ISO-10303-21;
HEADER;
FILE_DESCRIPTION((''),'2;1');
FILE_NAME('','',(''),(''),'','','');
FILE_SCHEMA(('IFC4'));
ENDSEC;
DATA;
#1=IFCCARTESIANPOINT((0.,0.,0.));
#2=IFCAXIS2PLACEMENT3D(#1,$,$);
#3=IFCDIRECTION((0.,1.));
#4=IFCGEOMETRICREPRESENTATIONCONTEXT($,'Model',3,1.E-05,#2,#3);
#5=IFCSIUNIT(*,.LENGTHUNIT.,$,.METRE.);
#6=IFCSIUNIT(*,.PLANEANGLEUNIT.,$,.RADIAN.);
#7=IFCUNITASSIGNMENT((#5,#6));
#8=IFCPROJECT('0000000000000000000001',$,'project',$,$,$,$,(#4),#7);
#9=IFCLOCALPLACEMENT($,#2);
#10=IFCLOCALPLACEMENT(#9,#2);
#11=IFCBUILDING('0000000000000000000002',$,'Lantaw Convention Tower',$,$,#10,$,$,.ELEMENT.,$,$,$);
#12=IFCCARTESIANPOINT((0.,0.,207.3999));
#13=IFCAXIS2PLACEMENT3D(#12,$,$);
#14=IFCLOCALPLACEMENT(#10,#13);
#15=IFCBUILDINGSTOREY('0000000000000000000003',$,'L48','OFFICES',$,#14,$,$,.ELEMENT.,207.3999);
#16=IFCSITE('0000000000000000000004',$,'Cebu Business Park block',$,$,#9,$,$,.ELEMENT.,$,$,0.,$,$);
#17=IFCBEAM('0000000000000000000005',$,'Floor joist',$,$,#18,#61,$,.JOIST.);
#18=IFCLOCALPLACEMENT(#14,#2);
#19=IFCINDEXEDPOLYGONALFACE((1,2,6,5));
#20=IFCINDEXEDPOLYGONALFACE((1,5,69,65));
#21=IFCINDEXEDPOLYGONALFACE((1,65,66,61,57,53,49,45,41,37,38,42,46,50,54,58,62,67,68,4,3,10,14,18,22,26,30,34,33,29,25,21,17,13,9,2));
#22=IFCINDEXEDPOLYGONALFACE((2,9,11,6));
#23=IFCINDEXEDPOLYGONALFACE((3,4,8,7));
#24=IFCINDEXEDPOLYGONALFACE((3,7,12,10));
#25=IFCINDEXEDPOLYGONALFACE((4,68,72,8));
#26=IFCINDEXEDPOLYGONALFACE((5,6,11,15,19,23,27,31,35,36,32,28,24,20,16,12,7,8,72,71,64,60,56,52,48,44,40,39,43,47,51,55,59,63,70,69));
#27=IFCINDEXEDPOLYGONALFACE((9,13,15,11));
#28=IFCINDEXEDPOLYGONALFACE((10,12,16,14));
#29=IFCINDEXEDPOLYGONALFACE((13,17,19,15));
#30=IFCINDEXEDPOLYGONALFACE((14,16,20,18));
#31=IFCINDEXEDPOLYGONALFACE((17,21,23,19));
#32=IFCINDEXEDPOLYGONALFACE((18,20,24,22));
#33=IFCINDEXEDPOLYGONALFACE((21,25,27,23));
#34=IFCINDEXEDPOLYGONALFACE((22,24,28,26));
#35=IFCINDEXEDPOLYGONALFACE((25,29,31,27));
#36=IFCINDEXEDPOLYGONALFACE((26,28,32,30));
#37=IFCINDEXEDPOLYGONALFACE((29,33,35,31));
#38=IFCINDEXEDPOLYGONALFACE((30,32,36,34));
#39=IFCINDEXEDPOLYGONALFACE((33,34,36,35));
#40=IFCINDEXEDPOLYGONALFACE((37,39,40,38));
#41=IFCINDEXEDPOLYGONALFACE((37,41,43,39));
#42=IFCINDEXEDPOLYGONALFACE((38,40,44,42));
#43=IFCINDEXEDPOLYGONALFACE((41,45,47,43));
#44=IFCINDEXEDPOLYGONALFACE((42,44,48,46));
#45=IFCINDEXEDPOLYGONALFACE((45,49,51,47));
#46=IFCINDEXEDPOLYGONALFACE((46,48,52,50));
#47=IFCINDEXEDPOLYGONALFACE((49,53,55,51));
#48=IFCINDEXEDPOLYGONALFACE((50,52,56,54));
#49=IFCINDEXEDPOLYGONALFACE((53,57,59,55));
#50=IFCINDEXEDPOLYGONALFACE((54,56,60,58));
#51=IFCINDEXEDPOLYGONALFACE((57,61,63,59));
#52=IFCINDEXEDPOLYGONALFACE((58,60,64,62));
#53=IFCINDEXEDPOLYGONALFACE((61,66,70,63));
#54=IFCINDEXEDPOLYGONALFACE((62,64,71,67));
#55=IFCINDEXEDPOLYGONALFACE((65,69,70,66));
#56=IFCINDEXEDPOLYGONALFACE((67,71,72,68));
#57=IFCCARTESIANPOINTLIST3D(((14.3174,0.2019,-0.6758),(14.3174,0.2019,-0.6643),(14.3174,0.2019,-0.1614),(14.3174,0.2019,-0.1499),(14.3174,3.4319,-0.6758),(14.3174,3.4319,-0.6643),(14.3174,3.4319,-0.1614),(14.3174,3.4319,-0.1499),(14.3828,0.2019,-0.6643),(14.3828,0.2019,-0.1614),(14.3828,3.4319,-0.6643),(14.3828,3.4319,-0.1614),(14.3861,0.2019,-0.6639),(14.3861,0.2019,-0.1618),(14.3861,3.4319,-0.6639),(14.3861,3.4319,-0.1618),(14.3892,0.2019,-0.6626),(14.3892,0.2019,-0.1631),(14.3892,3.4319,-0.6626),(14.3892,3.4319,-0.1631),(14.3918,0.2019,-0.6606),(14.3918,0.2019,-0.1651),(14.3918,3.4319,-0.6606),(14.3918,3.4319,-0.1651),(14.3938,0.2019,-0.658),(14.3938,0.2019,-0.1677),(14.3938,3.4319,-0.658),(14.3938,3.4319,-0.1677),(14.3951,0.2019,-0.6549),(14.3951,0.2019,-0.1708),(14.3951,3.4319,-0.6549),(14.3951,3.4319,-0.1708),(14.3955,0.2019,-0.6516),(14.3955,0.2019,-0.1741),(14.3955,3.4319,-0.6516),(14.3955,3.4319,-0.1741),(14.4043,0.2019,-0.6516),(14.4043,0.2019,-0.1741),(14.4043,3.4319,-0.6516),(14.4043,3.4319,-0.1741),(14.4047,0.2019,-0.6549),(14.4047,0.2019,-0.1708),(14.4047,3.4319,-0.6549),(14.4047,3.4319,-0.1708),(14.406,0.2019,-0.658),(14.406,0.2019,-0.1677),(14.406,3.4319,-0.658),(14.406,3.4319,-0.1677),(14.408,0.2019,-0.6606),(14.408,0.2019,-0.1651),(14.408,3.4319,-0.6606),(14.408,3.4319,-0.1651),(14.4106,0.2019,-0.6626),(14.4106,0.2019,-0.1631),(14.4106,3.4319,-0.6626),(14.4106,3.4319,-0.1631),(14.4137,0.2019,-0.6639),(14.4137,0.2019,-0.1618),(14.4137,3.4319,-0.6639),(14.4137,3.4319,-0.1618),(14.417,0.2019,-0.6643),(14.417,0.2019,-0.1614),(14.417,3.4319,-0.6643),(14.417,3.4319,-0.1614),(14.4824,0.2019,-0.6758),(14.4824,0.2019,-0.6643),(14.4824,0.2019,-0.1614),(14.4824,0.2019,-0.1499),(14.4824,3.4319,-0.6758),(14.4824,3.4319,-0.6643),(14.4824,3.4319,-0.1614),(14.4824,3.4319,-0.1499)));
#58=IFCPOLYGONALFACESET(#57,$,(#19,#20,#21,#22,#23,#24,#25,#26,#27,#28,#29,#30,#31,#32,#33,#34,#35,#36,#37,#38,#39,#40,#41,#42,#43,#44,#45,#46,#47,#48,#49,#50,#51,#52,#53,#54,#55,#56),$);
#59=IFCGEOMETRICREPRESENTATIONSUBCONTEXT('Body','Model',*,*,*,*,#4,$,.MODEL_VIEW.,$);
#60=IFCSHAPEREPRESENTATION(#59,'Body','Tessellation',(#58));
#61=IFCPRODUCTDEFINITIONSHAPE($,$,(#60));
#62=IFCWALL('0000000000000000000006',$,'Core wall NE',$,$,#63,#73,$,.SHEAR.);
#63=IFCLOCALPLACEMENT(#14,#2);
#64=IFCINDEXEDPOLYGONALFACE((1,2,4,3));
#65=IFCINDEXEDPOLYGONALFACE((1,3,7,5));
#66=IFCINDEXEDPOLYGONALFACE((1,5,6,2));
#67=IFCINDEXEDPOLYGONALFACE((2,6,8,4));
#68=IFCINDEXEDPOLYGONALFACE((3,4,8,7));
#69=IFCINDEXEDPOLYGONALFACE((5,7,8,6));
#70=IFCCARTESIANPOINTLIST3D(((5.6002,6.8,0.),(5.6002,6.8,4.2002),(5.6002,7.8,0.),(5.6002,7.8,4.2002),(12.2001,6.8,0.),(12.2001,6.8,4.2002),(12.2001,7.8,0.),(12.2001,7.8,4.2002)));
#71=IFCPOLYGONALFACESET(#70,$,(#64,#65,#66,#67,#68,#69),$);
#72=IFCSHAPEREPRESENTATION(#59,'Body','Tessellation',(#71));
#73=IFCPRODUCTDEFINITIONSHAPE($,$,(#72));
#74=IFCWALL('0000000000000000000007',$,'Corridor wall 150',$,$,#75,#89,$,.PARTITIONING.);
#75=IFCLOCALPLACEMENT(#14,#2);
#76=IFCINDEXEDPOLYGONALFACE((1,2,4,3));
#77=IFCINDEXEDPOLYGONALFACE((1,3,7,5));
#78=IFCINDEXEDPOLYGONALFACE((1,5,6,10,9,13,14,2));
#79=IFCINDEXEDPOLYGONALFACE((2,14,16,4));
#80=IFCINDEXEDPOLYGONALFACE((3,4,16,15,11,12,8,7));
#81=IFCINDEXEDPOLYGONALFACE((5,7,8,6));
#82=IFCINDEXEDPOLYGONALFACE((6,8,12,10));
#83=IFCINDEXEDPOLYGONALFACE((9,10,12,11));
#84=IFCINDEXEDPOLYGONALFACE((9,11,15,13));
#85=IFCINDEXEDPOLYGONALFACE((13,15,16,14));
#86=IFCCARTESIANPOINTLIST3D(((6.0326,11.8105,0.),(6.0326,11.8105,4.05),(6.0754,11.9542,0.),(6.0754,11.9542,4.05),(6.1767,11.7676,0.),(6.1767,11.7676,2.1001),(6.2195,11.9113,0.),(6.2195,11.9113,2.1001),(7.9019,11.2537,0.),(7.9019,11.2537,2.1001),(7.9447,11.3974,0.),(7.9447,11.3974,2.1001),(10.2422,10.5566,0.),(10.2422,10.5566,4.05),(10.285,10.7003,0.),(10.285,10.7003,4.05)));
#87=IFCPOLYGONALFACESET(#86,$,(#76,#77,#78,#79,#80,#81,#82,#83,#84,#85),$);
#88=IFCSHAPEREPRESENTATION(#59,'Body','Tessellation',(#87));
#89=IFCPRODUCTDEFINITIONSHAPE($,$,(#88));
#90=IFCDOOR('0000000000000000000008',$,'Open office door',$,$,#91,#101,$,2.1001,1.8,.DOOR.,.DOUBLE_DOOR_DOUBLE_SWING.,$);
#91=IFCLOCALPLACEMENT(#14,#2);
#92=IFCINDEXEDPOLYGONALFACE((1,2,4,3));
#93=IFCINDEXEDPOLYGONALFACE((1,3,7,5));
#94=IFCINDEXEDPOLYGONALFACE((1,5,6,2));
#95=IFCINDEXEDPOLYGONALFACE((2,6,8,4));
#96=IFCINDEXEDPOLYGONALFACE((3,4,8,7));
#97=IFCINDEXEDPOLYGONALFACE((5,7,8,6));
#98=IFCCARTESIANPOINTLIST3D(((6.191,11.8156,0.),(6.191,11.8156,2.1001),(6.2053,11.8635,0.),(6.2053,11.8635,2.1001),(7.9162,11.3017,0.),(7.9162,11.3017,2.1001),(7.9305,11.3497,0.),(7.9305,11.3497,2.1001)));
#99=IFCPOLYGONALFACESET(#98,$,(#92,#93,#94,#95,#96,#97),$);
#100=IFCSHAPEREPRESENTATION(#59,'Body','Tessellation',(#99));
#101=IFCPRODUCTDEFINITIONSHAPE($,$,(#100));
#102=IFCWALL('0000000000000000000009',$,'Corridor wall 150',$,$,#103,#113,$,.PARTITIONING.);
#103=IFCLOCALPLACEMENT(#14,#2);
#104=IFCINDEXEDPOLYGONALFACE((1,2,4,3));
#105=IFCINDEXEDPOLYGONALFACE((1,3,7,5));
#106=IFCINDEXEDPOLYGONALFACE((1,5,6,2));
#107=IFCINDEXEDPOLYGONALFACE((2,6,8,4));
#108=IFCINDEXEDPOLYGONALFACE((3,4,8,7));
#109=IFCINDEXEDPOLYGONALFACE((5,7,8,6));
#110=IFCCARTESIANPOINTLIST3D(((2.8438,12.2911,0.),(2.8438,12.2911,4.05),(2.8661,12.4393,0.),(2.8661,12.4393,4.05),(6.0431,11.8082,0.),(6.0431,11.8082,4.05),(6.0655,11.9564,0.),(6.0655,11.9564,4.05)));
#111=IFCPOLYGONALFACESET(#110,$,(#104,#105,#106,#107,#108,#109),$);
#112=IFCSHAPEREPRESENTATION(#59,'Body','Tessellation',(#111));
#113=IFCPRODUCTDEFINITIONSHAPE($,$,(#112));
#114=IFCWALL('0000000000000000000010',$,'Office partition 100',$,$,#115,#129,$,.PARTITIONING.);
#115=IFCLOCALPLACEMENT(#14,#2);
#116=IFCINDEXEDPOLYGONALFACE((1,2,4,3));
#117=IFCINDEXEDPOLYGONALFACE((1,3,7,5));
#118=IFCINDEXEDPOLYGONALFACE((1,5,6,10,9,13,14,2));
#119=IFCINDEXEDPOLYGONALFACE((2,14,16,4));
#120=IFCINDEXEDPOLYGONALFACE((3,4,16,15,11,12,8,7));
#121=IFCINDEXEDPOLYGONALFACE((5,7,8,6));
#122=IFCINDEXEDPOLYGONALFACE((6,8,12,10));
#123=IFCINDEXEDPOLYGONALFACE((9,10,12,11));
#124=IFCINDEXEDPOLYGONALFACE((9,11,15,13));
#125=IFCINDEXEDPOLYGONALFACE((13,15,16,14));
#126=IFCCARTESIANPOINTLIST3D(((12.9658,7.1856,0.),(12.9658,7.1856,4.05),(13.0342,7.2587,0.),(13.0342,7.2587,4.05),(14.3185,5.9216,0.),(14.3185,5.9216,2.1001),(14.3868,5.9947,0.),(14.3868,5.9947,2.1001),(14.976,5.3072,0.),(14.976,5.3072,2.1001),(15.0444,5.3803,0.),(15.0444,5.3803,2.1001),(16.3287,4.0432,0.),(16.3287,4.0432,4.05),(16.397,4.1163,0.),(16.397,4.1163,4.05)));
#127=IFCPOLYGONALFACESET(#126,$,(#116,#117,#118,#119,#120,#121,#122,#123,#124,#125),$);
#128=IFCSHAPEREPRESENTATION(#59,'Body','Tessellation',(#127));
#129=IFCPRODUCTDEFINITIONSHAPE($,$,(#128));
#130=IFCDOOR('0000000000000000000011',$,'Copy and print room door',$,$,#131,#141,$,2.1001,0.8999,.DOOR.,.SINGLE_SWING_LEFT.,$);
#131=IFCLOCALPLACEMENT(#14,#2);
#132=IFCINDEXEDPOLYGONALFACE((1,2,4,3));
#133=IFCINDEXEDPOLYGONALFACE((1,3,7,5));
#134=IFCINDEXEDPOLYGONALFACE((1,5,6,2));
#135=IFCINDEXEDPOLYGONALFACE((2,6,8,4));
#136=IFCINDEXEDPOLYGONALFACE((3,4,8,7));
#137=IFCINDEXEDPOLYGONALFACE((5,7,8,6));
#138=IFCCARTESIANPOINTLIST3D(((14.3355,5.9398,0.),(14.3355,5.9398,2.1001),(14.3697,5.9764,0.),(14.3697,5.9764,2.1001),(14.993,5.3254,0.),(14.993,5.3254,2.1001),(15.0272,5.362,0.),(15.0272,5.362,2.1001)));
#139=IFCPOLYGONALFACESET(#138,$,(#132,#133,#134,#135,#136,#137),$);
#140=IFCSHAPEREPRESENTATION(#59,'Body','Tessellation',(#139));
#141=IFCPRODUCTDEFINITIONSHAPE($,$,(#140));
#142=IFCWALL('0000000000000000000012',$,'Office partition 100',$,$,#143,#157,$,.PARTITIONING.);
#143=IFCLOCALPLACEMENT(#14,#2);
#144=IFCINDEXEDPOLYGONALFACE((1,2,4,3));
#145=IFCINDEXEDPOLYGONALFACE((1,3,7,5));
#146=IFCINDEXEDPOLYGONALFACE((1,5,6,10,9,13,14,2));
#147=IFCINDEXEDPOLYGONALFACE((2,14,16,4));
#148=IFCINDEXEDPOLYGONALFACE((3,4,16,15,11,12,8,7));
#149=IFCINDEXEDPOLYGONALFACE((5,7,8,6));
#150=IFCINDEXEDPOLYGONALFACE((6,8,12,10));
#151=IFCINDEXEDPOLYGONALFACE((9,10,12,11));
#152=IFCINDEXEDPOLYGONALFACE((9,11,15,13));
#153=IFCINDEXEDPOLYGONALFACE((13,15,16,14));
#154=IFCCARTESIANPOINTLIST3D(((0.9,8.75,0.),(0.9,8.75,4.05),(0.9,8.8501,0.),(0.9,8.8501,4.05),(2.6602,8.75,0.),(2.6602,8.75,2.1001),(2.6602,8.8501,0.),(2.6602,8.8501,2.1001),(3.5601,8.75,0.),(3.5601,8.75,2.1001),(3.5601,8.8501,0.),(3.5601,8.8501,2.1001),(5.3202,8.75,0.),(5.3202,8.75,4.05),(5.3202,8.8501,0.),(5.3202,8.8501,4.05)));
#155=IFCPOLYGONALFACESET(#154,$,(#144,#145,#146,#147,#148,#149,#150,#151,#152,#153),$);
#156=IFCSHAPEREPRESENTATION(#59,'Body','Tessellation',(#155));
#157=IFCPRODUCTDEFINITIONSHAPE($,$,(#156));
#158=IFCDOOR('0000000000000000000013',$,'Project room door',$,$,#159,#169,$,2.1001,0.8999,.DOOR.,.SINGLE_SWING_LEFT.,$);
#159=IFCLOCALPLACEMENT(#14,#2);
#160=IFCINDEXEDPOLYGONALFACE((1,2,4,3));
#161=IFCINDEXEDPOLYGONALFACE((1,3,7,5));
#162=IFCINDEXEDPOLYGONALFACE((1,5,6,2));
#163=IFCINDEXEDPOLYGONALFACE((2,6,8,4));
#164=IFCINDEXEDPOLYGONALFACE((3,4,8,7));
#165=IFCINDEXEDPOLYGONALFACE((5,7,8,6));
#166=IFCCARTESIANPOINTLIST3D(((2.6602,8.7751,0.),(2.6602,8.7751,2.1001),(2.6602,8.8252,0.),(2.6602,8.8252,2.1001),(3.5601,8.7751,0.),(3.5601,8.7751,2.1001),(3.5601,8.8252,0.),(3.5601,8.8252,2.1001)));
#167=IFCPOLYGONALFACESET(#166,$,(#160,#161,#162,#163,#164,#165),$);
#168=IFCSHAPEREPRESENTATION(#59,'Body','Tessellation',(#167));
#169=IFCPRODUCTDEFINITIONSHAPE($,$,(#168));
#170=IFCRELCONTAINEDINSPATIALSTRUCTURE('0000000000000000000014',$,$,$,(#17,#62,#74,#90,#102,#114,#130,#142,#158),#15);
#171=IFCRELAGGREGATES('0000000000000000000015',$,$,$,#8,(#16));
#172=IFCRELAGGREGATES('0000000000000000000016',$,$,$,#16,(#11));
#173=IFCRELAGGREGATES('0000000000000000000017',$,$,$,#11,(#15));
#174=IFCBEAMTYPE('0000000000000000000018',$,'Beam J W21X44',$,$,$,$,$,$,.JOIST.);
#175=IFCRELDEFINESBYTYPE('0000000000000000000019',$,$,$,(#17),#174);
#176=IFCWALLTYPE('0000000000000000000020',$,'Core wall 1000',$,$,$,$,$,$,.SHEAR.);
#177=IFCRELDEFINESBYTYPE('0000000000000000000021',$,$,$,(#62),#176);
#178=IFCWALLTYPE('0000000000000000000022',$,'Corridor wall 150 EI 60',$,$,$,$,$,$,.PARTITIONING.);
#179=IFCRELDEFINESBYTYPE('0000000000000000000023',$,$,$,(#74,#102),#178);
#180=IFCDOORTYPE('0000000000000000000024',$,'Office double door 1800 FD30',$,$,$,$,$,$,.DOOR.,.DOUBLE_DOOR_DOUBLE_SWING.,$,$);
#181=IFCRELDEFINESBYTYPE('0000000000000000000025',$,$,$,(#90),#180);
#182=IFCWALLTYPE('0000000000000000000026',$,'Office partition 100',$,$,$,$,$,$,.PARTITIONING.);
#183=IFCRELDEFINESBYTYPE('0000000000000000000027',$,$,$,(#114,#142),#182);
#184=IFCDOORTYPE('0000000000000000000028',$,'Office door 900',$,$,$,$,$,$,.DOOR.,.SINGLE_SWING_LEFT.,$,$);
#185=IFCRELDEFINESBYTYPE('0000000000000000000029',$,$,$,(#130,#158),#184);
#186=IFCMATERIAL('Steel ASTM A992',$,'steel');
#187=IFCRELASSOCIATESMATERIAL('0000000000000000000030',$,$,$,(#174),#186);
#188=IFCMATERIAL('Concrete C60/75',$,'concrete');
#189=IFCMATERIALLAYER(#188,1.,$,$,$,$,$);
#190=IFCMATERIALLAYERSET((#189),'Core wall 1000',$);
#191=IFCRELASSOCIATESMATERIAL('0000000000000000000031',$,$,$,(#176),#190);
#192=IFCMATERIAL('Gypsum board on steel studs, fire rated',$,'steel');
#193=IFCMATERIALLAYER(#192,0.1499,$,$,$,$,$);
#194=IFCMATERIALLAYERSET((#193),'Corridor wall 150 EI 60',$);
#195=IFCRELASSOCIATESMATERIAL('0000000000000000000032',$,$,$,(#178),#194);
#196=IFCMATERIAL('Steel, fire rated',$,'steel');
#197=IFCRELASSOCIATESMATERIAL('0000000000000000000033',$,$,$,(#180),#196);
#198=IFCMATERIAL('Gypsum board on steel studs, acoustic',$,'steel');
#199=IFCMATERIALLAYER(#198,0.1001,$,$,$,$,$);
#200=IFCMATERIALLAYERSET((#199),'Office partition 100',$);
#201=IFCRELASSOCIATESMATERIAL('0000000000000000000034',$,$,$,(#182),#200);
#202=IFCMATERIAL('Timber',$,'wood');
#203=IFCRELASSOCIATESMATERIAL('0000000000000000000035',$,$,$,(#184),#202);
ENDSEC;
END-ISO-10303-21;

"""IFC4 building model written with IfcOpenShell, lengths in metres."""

from ifc_helpers import new_model, si_unit, direction, frame, frame_2d, origin, origin_2d, place, context, subcontext, project, spatial, rectangle, i_section, extrude, material, layer, layer_set, material_profile, profile_set, type_object, element, fill, save


model = new_model("IFC4")

# Units and contexts
model_context = context("Model", 3, precision=1e-05, world=origin(), true_north=direction((0.0, 1.0)))
body_context = subcontext(model_context, "Body", "Model", "MODEL_VIEW")
ifc_project = project(units=[si_unit("LENGTHUNIT", "METRE"), si_unit("PLANEANGLEUNIT", "RADIAN")], contexts=[model_context])

# Site, building, storey
site_placement = place(None, origin())
site = spatial("IfcSite", under=ifc_project, at=site_placement, Name="Cebu Business Park block", CompositionType="ELEMENT", RefElevation=0.0)
building_placement = place(site_placement, origin())
building = spatial("IfcBuilding", under=site, at=building_placement, Name="Lantaw Convention Tower", CompositionType="ELEMENT")
storey_placement = place(building_placement, frame((0.0, 0.0, 207.3999)))
storey = spatial("IfcBuildingStorey", under=building, at=storey_placement, Name="L48", Description="OFFICES", CompositionType="ELEMENT", Elevation=207.3999)

# Beam
ifc_material_1 = material(Name="Steel ASTM A992", Category="steel")
ifc_material_profile_1 = material_profile(ifc_material_1, i_section(OverallWidth=0.165, OverallDepth=0.5259, WebThickness=0.0088, FlangeThickness=0.0115, FilletRadius=0.0127, at=origin_2d()), Name="W21X44")
ifc_profile_set_1 = profile_set([ifc_material_profile_1], Name="Steel ASTM A992")
beam_type_1 = type_object("IfcBeamType", Name="Beam J W21X44", PredefinedType="JOIST", material=ifc_profile_set_1)
beam_1_placement = place(storey_placement, frame((14.3999, 0.2019, -0.4128), z_axis=(0.0, 1.0, 0.0), x_axis=(-1.0, 0.0, 0.0)))
element("IfcBeam", 1, at=beam_1_placement, inside=storey, type_object=beam_type_1, Name="Floor joist", PredefinedType="JOIST", context=body_context, shape_type="SweptSolid", body=[
    extrude(i_section(OverallWidth=0.165, OverallDepth=0.5259, WebThickness=0.0088, FlangeThickness=0.0115, FilletRadius=0.0127, at=origin_2d()), origin(), (0.0, 0.0, 1.0), 3.23),
])

# Wall
ifc_material_2 = material(Name="Concrete C60/75", Category="concrete")
ifc_layer_1 = layer(ifc_material_2, 1.0)
ifc_layer_set_1 = layer_set([ifc_layer_1], Name="Core wall 1000")
wall_type_1 = type_object("IfcWallType", Name="Core wall 1000", PredefinedType="SHEAR", material=ifc_layer_set_1)
wall_1_placement = place(storey_placement, frame((12.2, 7.3, 0.0), z_axis=(0.0, 0.0, 1.0), x_axis=(-1.0, 0.0, 0.0)))
element("IfcWall", 2, at=wall_1_placement, inside=storey, type_object=wall_type_1, Name="Core wall NE", PredefinedType="SHEAR", context=body_context, shape_type="SweptSolid", body=[
    extrude(rectangle(XDim=6.5999, YDim=1.0, at=frame_2d((3.2998, 0.0))), origin(), (0.0, 0.0, 1.0), 4.2002),
])

# Wall, opening, door
ifc_material_3 = material(Name="Gypsum board on steel studs, fire rated", Category="steel")
ifc_layer_2 = layer(ifc_material_3, 0.1499)
ifc_layer_set_2 = layer_set([ifc_layer_2], Name="Corridor wall 150 EI 60")
wall_type_2 = type_object("IfcWallType", Name="Corridor wall 150 EI 60", PredefinedType="PARTITIONING", material=ifc_layer_set_2)
wall_2_placement = place(storey_placement, frame((10.2637, 10.6284, 0.0), z_axis=(0.0, 0.0, 1.0), x_axis=(-0.958384, 0.285481, 0.0)))
wall_2 = element("IfcWall", 3, at=wall_2_placement, inside=storey, type_object=wall_type_2, Name="Corridor wall 150", PredefinedType="PARTITIONING", context=body_context, shape_type="SweptSolid", body=[
    extrude(rectangle(XDim=4.3923, YDim=0.1499, at=frame_2d((2.1963, 0.0))), origin(), (0.0, 0.0, 1.0), 4.05),
])
opening_1_placement = place(wall_2_placement, frame((2.4421, 0.0, 0.0)))
opening_1 = element("IfcOpeningElement", 4, at=opening_1_placement, cuts=wall_2, PredefinedType="OPENING", context=body_context, shape_type="SweptSolid", body=[
    extrude(rectangle(XDim=1.8, YDim=2.1001, at=frame_2d((0.8999, 1.05))), frame((0.0, 0.085, 0.0), z_axis=(0.0, -1.0, 0.0), x_axis=(1.0, 0.0, 0.0)), (0.0, 0.0, 1.0), 0.1699),
])
ifc_material_4 = material(Name="Steel, fire rated", Category="steel")
door_type_1 = type_object("IfcDoorType", Name="Office double door 1800 FD30", OperationType="DOUBLE_DOOR_DOUBLE_SWING", PredefinedType="DOOR", material=ifc_material_4)
door_1_placement = place(opening_1_placement, origin())
door_1 = element("IfcDoor", 5, at=door_1_placement, inside=storey, type_object=door_type_1, Name="Open office door", OperationType="DOUBLE_DOOR_DOUBLE_SWING", OverallHeight=2.1001, OverallWidth=1.8, PredefinedType="DOOR", context=body_context, shape_type="SweptSolid", body=[
    extrude(rectangle(XDim=1.8, YDim=2.1001, at=frame_2d((0.8999, 1.05))), frame((0.0, 0.0249, 0.0), z_axis=(0.0, -1.0, 0.0), x_axis=(1.0, 0.0, 0.0)), (0.0, 0.0, 1.0), 0.05),
])
fill(opening_1, door_1)

# Wall
wall_3_placement = place(storey_placement, frame((6.0542, 11.8823, 0.0), z_axis=(0.0, 0.0, 1.0), x_axis=(-0.9888, 0.149244, 0.0)))
element("IfcWall", 6, at=wall_3_placement, inside=storey, type_object=wall_type_2, Name="Corridor wall 150", PredefinedType="PARTITIONING", context=body_context, shape_type="SweptSolid", body=[
    extrude(rectangle(XDim=3.2356, YDim=0.1499, at=frame_2d((1.6177, 0.0))), origin(), (0.0, 0.0, 1.0), 4.05),
])

# Walls, openings, doors
ifc_material_5 = material(Name="Gypsum board on steel studs, acoustic", Category="steel")
ifc_layer_3 = layer(ifc_material_5, 0.1001)
ifc_layer_set_3 = layer_set([ifc_layer_3], Name="Office partition 100")
wall_type_3 = type_object("IfcWallType", Name="Office partition 100", PredefinedType="PARTITIONING", material=ifc_layer_set_3)
wall_4_placement = place(storey_placement, frame((13.0, 7.2222, 0.0), z_axis=(0.0, 0.0, 1.0), x_axis=(0.730651, -0.682751, 0.0)))
wall_4 = element("IfcWall", 7, at=wall_4_placement, inside=storey, type_object=wall_type_3, Name="Office partition 100", PredefinedType="PARTITIONING", context=body_context, shape_type="SweptSolid", body=[
    extrude(rectangle(XDim=4.6025, YDim=0.1001, at=frame_2d((2.3013, 0.0))), origin(), (0.0, 0.0, 1.0), 4.05),
])
opening_2_placement = place(wall_4_placement, frame((1.8513, 0.0, 0.0)))
opening_2 = element("IfcOpeningElement", 8, at=opening_2_placement, cuts=wall_4, PredefinedType="OPENING", context=body_context, shape_type="SweptSolid", body=[
    extrude(rectangle(XDim=0.8999, YDim=2.1001, at=frame_2d((0.45, 1.05))), frame((0.0, 0.0601, 0.0), z_axis=(0.0, -1.0, 0.0), x_axis=(1.0, 0.0, 0.0)), (0.0, 0.0, 1.0), 0.1201),
])
ifc_material_6 = material(Name="Timber", Category="wood")
door_type_2 = type_object("IfcDoorType", Name="Office door 900", OperationType="SINGLE_SWING_LEFT", PredefinedType="DOOR", material=ifc_material_6)
door_2_placement = place(opening_2_placement, origin())
door_2 = element("IfcDoor", 9, at=door_2_placement, inside=storey, type_object=door_type_2, Name="Copy and print room door", OperationType="SINGLE_SWING_LEFT", OverallHeight=2.1001, OverallWidth=0.8999, PredefinedType="DOOR", context=body_context, shape_type="SweptSolid", body=[
    extrude(rectangle(XDim=0.8999, YDim=2.1001, at=frame_2d((0.45, 1.05))), frame((0.0, 0.0249, 0.0), z_axis=(0.0, -1.0, 0.0), x_axis=(1.0, 0.0, 0.0)), (0.0, 0.0, 1.0), 0.05),
])
fill(opening_2, door_2)
wall_5_placement = place(storey_placement, frame((5.3201, 8.8, 0.0), z_axis=(0.0, 0.0, 1.0), x_axis=(-1.0, 0.0, 0.0)))
wall_5 = element("IfcWall", 10, at=wall_5_placement, inside=storey, type_object=wall_type_3, Name="Office partition 100", PredefinedType="PARTITIONING", context=body_context, shape_type="SweptSolid", body=[
    extrude(rectangle(XDim=4.4202, YDim=0.1001, at=frame_2d((2.21, 0.0))), origin(), (0.0, 0.0, 1.0), 4.05),
])
opening_3_placement = place(wall_5_placement, frame((1.76, 0.0, 0.0)))
opening_3 = element("IfcOpeningElement", 11, at=opening_3_placement, cuts=wall_5, PredefinedType="OPENING", context=body_context, shape_type="SweptSolid", body=[
    extrude(rectangle(XDim=0.8999, YDim=2.1001, at=frame_2d((0.45, 1.05))), frame((0.0, 0.0601, 0.0), z_axis=(0.0, -1.0, 0.0), x_axis=(1.0, 0.0, 0.0)), (0.0, 0.0, 1.0), 0.1201),
])
door_3_placement = place(opening_3_placement, origin())
door_3 = element("IfcDoor", 12, at=door_3_placement, inside=storey, type_object=door_type_2, Name="Project room door", OperationType="SINGLE_SWING_LEFT", OverallHeight=2.1001, OverallWidth=0.8999, PredefinedType="DOOR", context=body_context, shape_type="SweptSolid", body=[
    extrude(rectangle(XDim=0.8999, YDim=2.1001, at=frame_2d((0.45, 1.05))), frame((0.0, 0.0249, 0.0), z_axis=(0.0, -1.0, 0.0), x_axis=(1.0, 0.0, 0.0)), (0.0, 0.0, 1.0), 0.05),
])
fill(opening_3, door_3)

save(model, "model.ifc")
